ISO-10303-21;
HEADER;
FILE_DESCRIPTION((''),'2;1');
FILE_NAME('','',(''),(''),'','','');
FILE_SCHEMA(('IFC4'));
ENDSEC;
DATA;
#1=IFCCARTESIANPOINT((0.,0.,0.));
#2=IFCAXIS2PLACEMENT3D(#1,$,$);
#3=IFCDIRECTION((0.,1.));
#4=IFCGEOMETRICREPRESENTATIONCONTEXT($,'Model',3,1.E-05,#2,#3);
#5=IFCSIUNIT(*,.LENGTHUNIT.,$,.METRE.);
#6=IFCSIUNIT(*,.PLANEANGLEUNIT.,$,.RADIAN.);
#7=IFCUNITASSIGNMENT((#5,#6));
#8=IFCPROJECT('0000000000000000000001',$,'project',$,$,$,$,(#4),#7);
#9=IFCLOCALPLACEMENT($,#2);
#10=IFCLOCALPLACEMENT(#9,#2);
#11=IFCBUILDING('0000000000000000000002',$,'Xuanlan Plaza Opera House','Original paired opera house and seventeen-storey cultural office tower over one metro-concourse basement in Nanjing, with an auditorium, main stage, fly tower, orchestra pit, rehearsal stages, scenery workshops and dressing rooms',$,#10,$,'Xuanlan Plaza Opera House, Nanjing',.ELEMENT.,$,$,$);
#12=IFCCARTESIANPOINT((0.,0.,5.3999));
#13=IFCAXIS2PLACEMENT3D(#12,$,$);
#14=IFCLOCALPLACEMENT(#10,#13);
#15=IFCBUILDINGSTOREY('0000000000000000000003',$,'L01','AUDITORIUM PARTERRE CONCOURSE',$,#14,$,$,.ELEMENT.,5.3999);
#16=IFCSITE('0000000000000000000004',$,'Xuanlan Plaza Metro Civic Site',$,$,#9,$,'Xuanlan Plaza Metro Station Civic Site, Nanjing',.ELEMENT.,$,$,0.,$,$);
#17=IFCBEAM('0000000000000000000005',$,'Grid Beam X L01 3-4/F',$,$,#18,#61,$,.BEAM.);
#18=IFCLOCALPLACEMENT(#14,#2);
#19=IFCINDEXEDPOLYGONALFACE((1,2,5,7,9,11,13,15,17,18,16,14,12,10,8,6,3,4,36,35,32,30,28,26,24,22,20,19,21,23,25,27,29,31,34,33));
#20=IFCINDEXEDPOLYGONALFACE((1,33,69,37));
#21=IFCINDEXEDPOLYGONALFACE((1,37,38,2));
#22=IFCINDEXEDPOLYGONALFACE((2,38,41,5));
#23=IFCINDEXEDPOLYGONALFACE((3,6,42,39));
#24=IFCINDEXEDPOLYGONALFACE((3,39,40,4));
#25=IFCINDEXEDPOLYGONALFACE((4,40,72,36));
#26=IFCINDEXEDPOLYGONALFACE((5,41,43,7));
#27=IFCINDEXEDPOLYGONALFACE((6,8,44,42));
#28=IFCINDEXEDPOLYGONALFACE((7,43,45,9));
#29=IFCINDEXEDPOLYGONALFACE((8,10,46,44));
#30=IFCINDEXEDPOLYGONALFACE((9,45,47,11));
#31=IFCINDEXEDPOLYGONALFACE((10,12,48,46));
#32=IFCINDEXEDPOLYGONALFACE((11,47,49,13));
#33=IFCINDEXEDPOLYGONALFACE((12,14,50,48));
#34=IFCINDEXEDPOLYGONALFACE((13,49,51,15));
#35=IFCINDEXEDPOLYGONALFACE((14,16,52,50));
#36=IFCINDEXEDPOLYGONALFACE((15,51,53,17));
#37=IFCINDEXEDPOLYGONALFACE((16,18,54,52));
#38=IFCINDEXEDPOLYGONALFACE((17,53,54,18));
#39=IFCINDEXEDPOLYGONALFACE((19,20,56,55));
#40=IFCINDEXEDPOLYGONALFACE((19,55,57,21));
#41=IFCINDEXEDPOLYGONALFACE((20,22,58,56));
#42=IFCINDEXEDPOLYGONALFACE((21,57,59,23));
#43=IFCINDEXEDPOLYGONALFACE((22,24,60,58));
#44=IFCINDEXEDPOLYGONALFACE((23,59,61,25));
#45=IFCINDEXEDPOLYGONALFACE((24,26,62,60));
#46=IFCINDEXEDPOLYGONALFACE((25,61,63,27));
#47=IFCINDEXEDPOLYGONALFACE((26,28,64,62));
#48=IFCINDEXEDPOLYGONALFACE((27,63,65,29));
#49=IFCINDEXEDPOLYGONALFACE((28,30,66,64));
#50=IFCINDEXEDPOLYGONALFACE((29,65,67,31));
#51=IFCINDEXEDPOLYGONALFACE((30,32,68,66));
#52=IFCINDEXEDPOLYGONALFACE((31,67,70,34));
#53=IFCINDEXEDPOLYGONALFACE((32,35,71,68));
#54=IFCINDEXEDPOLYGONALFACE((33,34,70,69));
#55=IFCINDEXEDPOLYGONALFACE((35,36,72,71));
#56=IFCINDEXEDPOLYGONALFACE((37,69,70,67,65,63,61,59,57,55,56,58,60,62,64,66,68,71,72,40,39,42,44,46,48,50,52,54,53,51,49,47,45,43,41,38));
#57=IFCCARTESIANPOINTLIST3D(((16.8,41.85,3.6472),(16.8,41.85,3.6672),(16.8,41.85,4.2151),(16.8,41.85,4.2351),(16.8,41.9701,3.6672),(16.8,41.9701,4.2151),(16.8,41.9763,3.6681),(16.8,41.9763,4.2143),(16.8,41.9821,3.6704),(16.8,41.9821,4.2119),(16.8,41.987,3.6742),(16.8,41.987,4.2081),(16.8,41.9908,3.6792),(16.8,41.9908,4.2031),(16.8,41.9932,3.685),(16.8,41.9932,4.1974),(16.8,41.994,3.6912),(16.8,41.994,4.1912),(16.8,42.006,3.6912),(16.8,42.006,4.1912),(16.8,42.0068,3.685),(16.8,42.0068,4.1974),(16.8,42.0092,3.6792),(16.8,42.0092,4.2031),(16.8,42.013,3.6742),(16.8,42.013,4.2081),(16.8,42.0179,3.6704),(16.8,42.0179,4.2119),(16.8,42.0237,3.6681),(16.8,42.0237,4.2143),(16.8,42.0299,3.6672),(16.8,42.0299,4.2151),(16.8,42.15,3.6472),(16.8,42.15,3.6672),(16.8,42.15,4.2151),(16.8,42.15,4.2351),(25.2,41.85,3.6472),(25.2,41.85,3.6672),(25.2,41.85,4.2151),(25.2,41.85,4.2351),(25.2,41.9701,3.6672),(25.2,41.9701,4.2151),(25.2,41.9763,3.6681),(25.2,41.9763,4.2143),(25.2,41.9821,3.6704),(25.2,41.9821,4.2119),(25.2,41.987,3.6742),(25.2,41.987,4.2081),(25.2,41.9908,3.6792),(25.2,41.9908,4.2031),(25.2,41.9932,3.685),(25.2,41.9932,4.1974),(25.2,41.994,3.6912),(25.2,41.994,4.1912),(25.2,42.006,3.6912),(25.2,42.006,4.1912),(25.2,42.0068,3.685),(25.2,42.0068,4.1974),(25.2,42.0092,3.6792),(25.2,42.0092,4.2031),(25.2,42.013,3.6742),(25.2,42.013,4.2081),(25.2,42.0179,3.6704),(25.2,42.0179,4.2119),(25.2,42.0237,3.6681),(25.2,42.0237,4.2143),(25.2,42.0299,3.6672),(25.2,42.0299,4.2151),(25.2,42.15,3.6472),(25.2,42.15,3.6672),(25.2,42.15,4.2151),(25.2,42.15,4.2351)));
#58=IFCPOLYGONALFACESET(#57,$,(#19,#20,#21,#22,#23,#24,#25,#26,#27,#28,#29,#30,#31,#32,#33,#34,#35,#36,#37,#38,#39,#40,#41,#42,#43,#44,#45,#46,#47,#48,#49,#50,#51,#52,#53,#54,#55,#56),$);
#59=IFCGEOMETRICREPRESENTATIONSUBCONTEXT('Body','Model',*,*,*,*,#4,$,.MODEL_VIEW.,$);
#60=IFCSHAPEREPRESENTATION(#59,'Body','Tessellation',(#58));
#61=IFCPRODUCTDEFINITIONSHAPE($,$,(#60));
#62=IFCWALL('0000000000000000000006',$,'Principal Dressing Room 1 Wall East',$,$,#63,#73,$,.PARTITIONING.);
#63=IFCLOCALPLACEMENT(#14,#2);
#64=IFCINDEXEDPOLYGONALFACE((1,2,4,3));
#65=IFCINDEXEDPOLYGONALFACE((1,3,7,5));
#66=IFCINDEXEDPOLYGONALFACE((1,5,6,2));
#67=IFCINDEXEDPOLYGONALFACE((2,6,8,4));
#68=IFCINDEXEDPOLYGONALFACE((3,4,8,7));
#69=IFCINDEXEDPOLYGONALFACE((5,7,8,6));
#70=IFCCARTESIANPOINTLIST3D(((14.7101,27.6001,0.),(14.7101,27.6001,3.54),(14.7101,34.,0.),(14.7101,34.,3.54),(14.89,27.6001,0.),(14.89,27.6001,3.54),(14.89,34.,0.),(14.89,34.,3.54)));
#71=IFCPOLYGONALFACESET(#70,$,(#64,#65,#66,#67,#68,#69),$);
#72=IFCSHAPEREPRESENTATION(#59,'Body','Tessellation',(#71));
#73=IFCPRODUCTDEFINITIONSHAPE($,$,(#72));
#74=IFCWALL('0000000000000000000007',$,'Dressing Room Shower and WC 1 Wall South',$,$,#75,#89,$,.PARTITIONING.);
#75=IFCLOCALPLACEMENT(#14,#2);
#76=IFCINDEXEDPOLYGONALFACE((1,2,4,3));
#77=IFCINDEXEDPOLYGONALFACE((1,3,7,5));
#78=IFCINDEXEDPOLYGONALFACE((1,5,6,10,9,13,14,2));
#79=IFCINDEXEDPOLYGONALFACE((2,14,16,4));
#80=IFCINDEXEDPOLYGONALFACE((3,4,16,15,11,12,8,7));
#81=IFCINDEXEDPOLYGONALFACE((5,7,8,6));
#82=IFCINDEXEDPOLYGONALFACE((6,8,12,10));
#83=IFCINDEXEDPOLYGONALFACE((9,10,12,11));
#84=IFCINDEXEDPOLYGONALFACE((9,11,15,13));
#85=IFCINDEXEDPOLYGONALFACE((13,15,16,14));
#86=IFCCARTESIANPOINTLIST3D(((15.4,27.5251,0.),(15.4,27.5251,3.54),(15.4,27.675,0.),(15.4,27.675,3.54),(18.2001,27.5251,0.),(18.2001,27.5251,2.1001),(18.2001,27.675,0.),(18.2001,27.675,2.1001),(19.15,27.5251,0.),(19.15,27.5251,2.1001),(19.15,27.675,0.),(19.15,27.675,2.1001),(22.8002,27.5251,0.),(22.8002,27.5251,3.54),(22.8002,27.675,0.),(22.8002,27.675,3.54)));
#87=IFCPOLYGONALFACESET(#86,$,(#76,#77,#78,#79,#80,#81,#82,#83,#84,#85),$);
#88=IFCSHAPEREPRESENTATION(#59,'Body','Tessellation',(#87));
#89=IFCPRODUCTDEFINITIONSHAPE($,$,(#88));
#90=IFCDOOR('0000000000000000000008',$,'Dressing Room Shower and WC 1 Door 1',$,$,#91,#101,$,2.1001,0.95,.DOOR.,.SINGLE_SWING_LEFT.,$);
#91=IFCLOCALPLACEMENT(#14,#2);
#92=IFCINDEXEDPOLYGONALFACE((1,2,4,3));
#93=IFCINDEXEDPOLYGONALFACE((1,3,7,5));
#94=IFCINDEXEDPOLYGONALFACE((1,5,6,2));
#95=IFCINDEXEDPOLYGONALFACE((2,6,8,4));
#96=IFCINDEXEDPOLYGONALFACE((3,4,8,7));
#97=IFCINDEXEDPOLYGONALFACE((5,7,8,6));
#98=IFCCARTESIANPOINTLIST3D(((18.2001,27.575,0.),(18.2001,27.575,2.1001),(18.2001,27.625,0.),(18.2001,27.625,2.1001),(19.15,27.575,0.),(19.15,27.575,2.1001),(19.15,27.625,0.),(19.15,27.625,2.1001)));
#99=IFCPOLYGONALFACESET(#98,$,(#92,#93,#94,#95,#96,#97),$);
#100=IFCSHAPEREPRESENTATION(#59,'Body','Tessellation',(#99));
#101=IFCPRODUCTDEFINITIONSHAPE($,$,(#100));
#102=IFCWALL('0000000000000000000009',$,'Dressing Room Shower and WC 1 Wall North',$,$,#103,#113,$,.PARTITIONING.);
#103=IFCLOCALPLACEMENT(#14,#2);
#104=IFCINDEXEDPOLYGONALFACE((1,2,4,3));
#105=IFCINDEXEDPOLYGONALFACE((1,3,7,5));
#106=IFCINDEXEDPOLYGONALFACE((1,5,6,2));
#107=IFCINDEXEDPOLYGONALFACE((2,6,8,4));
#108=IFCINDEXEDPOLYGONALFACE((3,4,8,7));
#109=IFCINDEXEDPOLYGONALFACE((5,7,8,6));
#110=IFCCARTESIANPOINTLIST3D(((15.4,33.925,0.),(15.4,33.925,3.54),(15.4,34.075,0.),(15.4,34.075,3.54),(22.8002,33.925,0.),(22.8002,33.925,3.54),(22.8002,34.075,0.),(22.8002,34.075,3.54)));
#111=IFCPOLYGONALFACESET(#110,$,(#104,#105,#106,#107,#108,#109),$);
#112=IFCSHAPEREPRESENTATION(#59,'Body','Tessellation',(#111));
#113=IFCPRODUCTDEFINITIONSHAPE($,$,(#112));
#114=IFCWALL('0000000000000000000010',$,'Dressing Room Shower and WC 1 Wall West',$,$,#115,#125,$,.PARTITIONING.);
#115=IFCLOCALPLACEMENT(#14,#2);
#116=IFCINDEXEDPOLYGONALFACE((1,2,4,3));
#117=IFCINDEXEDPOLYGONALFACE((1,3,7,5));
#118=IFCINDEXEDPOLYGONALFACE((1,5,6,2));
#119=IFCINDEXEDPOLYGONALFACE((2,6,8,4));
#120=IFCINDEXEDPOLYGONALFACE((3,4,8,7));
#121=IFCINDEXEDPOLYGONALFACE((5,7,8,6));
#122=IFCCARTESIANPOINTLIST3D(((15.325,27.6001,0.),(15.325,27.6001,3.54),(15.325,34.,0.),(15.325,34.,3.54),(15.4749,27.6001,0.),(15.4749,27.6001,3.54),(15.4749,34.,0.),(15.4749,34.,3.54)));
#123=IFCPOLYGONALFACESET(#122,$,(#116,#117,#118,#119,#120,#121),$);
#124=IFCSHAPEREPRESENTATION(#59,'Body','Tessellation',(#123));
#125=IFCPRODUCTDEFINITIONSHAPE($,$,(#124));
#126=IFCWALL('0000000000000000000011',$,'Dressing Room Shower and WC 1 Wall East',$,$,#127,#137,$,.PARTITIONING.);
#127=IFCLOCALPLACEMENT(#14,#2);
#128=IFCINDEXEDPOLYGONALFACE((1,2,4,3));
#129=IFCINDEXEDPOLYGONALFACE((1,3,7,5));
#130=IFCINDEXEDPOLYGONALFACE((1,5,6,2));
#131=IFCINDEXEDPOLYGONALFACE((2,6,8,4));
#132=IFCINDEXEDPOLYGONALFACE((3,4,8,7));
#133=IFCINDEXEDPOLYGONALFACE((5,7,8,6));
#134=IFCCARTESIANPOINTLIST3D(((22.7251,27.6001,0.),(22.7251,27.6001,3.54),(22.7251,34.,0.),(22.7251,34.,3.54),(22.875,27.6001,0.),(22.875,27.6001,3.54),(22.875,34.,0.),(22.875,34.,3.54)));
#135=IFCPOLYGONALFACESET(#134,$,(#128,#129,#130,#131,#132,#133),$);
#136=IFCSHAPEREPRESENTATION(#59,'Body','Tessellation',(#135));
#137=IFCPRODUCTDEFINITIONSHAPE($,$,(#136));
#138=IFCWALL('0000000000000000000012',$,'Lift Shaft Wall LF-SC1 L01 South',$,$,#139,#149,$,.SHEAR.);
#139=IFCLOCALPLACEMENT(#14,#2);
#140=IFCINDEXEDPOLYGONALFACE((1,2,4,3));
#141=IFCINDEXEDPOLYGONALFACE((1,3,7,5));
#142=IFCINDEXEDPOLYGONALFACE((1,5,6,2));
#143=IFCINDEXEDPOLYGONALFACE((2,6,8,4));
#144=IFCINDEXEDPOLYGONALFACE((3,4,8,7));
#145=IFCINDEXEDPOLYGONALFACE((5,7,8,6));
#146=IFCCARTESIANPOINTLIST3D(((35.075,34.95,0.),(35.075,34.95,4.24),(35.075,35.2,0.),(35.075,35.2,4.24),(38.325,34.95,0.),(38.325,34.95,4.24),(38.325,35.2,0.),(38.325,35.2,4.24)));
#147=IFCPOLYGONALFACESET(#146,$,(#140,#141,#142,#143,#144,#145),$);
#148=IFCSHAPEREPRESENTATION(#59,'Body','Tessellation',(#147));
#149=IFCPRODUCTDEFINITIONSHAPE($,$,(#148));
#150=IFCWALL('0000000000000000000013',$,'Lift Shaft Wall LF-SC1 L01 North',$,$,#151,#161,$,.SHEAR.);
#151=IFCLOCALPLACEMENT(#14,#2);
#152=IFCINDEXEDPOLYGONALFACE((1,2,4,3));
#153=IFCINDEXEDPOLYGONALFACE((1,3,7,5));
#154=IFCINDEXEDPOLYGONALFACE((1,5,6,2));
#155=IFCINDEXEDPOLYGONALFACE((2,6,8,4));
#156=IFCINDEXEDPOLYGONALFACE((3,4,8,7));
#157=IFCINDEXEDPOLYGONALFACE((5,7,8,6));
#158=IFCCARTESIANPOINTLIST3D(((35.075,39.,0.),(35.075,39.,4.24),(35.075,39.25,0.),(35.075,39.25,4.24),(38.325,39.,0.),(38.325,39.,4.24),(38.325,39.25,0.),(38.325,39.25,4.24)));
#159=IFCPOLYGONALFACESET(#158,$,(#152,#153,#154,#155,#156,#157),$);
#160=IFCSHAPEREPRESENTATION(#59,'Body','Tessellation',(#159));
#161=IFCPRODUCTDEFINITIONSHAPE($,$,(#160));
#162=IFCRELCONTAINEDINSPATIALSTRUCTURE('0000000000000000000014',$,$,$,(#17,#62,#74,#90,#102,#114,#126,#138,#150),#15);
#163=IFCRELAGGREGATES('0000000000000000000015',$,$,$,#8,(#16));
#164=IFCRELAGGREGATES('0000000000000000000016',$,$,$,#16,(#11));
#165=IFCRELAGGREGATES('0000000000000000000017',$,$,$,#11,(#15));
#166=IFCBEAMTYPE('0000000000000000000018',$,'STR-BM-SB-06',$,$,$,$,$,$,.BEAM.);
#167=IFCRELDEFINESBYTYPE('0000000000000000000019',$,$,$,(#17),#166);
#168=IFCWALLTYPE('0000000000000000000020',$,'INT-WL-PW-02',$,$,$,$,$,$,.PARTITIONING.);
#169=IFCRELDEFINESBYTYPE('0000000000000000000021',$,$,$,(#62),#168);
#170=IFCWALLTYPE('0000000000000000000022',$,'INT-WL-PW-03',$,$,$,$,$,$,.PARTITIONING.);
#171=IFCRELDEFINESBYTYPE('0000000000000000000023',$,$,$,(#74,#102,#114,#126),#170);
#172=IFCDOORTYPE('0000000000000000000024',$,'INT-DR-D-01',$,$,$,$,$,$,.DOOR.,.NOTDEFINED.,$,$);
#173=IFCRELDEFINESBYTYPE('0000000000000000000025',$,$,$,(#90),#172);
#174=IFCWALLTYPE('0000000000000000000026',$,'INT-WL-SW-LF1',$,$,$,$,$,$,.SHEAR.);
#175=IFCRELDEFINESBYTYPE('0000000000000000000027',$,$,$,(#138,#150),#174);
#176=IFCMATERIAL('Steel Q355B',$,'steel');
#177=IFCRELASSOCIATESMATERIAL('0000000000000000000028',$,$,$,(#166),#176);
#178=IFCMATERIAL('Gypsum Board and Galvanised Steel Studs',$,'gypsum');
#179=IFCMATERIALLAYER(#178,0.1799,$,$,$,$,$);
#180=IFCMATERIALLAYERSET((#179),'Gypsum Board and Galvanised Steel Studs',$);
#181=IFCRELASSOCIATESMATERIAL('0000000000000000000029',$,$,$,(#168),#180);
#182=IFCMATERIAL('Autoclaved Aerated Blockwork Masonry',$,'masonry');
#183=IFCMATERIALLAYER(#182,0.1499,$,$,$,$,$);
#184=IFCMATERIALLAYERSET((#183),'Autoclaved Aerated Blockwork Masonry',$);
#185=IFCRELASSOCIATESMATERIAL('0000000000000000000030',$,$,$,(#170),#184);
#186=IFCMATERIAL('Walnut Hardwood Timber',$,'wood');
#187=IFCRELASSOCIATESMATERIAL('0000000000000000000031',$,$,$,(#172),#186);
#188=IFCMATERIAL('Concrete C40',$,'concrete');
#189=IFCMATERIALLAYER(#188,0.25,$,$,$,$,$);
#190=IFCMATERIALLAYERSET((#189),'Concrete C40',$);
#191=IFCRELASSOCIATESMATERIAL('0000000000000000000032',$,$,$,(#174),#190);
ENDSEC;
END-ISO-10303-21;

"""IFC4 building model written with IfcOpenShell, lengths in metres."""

from ifc_helpers import new_model, si_unit, direction, frame, frame_2d, origin, origin_2d, place, context, subcontext, project, spatial, rectangle, i_section, extrude, material, layer, layer_set, material_profile, profile_set, type_object, element, fill, save


model = new_model("IFC4")

# Units and contexts
model_context = context("Model", 3, precision=1e-05, world=origin(), true_north=direction((0.0, 1.0)))
body_context = subcontext(model_context, "Body", "Model", "MODEL_VIEW")
ifc_project = project(units=[si_unit("LENGTHUNIT", "METRE"), si_unit("PLANEANGLEUNIT", "RADIAN")], contexts=[model_context])

# Site, building, storey
site_placement = place(None, origin())
site = spatial("IfcSite", under=ifc_project, at=site_placement, Name="Xuanlan Plaza Metro Civic Site", LongName="Xuanlan Plaza Metro Station Civic Site, Nanjing", CompositionType="ELEMENT", RefElevation=0.0)
building_placement = place(site_placement, origin())
building = spatial("IfcBuilding", under=site, at=building_placement, Name="Xuanlan Plaza Opera House", Description="Original paired opera house and seventeen-storey cultural office tower over one metro-concourse basement in Nanjing, with an auditorium, main stage, fly tower, orchestra pit, rehearsal stages, scenery workshops and dressing rooms", LongName="Xuanlan Plaza Opera House, Nanjing", CompositionType="ELEMENT")
storey_placement = place(building_placement, frame((0.0, 0.0, 5.3999)))
storey = spatial("IfcBuildingStorey", under=building, at=storey_placement, Name="L01", Description="AUDITORIUM PARTERRE CONCOURSE", CompositionType="ELEMENT", Elevation=5.3999)

# Shared definitions
ifc_material_1 = material(Name="Concrete C40", Category="concrete")

# Beam
ifc_material_2 = material(Name="Steel Q355B", Category="steel")
ifc_material_profile_1 = material_profile(ifc_material_2, i_section(OverallWidth=0.3, OverallDepth=0.5879, WebThickness=0.012, FlangeThickness=0.02, FilletRadius=0.0239, at=origin_2d()), Name="HM 588x300x12x20")
ifc_profile_set_1 = profile_set([ifc_material_profile_1], Name="Steel Q355B")
beam_type_1 = type_object("IfcBeamType", Name="STR-BM-SB-06", PredefinedType="BEAM", material=ifc_profile_set_1)
beam_1_placement = place(storey_placement, frame((16.8, 42.0, 3.9412), z_axis=(1.0, 0.0, 0.0), x_axis=(0.0, 1.0, 0.0)))
element("IfcBeam", 1, at=beam_1_placement, inside=storey, type_object=beam_type_1, Name="Grid Beam X L01 3-4/F", PredefinedType="BEAM", context=body_context, shape_type="SweptSolid", body=[
    extrude(i_section(OverallWidth=0.3, OverallDepth=0.5879, WebThickness=0.012, FlangeThickness=0.02, FilletRadius=0.0239, at=origin_2d()), origin(), (0.0, 0.0, 1.0), 8.3999),
])

# Wall
ifc_material_3 = material(Name="Gypsum Board and Galvanised Steel Studs", Category="gypsum")
ifc_layer_1 = layer(ifc_material_3, 0.1799)
ifc_layer_set_1 = layer_set([ifc_layer_1], Name="Gypsum Board and Galvanised Steel Studs")
wall_type_1 = type_object("IfcWallType", Name="INT-WL-PW-02", PredefinedType="PARTITIONING", material=ifc_layer_set_1)
wall_1_placement = place(storey_placement, frame((14.8, 27.6001, 0.0), z_axis=(0.0, 0.0, 1.0), x_axis=(0.0, 1.0, 0.0)))
element("IfcWall", 2, at=wall_1_placement, inside=storey, type_object=wall_type_1, Name="Principal Dressing Room 1 Wall East", PredefinedType="PARTITIONING", context=body_context, shape_type="SweptSolid", body=[
    extrude(rectangle(XDim=6.3999, YDim=0.1799, at=frame_2d((3.2, 0.0))), origin(), (0.0, 0.0, 1.0), 3.54),
])

# Wall, opening, door
ifc_material_4 = material(Name="Autoclaved Aerated Blockwork Masonry", Category="masonry")
ifc_layer_2 = layer(ifc_material_4, 0.1499)
ifc_layer_set_2 = layer_set([ifc_layer_2], Name="Autoclaved Aerated Blockwork Masonry")
wall_type_2 = type_object("IfcWallType", Name="INT-WL-PW-03", PredefinedType="PARTITIONING", material=ifc_layer_set_2)
wall_2_placement = place(storey_placement, frame((15.3999, 27.6001, 0.0), z_axis=(0.0, 0.0, 1.0), x_axis=(1.0, 0.0, 0.0)))
wall_2 = element("IfcWall", 3, at=wall_2_placement, inside=storey, type_object=wall_type_2, Name="Dressing Room Shower and WC 1 Wall South", PredefinedType="PARTITIONING", context=body_context, shape_type="SweptSolid", body=[
    extrude(rectangle(XDim=7.4001, YDim=0.1499, at=frame_2d((3.7002, 0.0))), origin(), (0.0, 0.0, 1.0), 3.54),
])
opening_1_placement = place(wall_2_placement, frame((2.8, 0.0, 0.0)))
opening_1 = element("IfcOpeningElement", 4, at=opening_1_placement, cuts=wall_2, PredefinedType="OPENING", context=body_context, shape_type="SweptSolid", body=[
    extrude(rectangle(XDim=0.95, YDim=2.1001, at=frame_2d((0.4751, 1.05))), frame((0.0, 0.085, 0.0), z_axis=(0.0, -1.0, 0.0), x_axis=(1.0, 0.0, 0.0)), (0.0, 0.0, 1.0), 0.1699),
])
ifc_material_5 = material(Name="Walnut Hardwood Timber", Category="wood")
door_type_1 = type_object("IfcDoorType", Name="INT-DR-D-01", OperationType="NOTDEFINED", PredefinedType="DOOR", material=ifc_material_5)
door_1_placement = place(opening_1_placement, origin())
door_1 = element("IfcDoor", 5, at=door_1_placement, inside=storey, type_object=door_type_1, Name="Dressing Room Shower and WC 1 Door 1", OperationType="SINGLE_SWING_LEFT", OverallHeight=2.1001, OverallWidth=0.95, PredefinedType="DOOR", context=body_context, shape_type="SweptSolid", body=[
    extrude(rectangle(XDim=0.95, YDim=2.1001, at=frame_2d((0.4751, 1.05))), frame((0.0, 0.0249, 0.0), z_axis=(0.0, -1.0, 0.0), x_axis=(1.0, 0.0, 0.0)), (0.0, 0.0, 1.0), 0.05),
])
fill(opening_1, door_1)

# Walls
wall_3_placement = place(storey_placement, frame((15.3999, 34.0, 0.0), z_axis=(0.0, 0.0, 1.0), x_axis=(1.0, 0.0, 0.0)))
element("IfcWall", 6, at=wall_3_placement, inside=storey, type_object=wall_type_2, Name="Dressing Room Shower and WC 1 Wall North", PredefinedType="PARTITIONING", context=body_context, shape_type="SweptSolid", body=[
    extrude(rectangle(XDim=7.4001, YDim=0.1499, at=frame_2d((3.7002, 0.0))), origin(), (0.0, 0.0, 1.0), 3.54),
])
for number, where, z_axis, x_axis, name in (
    (7, (15.3999, 27.6001, 0.0), (0.0, 0.0, 1.0), (0.0, 1.0, 0.0), "Dressing Room Shower and WC 1 Wall West"),
    (8, (22.8, 27.6001, 0.0), (0.0, 0.0, 1.0), (0.0, 1.0, 0.0), "Dressing Room Shower and WC 1 Wall East"),
):
    element("IfcWall", number, at=place(storey_placement, frame(where, z_axis=z_axis, x_axis=x_axis)), inside=storey, type_object=wall_type_2, Name=name, PredefinedType="PARTITIONING", context=body_context, shape_type="SweptSolid", body=[
        extrude(rectangle(XDim=6.3999, YDim=0.1499, at=frame_2d((3.2, 0.0))), origin(), (0.0, 0.0, 1.0), 3.54),
    ])
ifc_layer_3 = layer(ifc_material_1, 0.25)
ifc_layer_set_3 = layer_set([ifc_layer_3], Name="Concrete C40")
wall_type_3 = type_object("IfcWallType", Name="INT-WL-SW-LF1", PredefinedType="SHEAR", material=ifc_layer_set_3)
for number, where, z_axis, x_axis, name in (
    (9, (35.075, 35.075, 0.0), (0.0, 0.0, 1.0), (1.0, 0.0, 0.0), "Lift Shaft Wall LF-SC1 L01 South"),
    (10, (35.075, 39.125, 0.0), (0.0, 0.0, 1.0), (1.0, 0.0, 0.0), "Lift Shaft Wall LF-SC1 L01 North"),
):
    element("IfcWall", number, at=place(storey_placement, frame(where, z_axis=z_axis, x_axis=x_axis)), inside=storey, type_object=wall_type_3, Name=name, PredefinedType="SHEAR", context=body_context, shape_type="SweptSolid", body=[
        extrude(rectangle(XDim=3.25, YDim=0.25, at=frame_2d((1.625, 0.0))), origin(), (0.0, 0.0, 1.0), 4.24),
    ])

save(model, "model.ifc")
